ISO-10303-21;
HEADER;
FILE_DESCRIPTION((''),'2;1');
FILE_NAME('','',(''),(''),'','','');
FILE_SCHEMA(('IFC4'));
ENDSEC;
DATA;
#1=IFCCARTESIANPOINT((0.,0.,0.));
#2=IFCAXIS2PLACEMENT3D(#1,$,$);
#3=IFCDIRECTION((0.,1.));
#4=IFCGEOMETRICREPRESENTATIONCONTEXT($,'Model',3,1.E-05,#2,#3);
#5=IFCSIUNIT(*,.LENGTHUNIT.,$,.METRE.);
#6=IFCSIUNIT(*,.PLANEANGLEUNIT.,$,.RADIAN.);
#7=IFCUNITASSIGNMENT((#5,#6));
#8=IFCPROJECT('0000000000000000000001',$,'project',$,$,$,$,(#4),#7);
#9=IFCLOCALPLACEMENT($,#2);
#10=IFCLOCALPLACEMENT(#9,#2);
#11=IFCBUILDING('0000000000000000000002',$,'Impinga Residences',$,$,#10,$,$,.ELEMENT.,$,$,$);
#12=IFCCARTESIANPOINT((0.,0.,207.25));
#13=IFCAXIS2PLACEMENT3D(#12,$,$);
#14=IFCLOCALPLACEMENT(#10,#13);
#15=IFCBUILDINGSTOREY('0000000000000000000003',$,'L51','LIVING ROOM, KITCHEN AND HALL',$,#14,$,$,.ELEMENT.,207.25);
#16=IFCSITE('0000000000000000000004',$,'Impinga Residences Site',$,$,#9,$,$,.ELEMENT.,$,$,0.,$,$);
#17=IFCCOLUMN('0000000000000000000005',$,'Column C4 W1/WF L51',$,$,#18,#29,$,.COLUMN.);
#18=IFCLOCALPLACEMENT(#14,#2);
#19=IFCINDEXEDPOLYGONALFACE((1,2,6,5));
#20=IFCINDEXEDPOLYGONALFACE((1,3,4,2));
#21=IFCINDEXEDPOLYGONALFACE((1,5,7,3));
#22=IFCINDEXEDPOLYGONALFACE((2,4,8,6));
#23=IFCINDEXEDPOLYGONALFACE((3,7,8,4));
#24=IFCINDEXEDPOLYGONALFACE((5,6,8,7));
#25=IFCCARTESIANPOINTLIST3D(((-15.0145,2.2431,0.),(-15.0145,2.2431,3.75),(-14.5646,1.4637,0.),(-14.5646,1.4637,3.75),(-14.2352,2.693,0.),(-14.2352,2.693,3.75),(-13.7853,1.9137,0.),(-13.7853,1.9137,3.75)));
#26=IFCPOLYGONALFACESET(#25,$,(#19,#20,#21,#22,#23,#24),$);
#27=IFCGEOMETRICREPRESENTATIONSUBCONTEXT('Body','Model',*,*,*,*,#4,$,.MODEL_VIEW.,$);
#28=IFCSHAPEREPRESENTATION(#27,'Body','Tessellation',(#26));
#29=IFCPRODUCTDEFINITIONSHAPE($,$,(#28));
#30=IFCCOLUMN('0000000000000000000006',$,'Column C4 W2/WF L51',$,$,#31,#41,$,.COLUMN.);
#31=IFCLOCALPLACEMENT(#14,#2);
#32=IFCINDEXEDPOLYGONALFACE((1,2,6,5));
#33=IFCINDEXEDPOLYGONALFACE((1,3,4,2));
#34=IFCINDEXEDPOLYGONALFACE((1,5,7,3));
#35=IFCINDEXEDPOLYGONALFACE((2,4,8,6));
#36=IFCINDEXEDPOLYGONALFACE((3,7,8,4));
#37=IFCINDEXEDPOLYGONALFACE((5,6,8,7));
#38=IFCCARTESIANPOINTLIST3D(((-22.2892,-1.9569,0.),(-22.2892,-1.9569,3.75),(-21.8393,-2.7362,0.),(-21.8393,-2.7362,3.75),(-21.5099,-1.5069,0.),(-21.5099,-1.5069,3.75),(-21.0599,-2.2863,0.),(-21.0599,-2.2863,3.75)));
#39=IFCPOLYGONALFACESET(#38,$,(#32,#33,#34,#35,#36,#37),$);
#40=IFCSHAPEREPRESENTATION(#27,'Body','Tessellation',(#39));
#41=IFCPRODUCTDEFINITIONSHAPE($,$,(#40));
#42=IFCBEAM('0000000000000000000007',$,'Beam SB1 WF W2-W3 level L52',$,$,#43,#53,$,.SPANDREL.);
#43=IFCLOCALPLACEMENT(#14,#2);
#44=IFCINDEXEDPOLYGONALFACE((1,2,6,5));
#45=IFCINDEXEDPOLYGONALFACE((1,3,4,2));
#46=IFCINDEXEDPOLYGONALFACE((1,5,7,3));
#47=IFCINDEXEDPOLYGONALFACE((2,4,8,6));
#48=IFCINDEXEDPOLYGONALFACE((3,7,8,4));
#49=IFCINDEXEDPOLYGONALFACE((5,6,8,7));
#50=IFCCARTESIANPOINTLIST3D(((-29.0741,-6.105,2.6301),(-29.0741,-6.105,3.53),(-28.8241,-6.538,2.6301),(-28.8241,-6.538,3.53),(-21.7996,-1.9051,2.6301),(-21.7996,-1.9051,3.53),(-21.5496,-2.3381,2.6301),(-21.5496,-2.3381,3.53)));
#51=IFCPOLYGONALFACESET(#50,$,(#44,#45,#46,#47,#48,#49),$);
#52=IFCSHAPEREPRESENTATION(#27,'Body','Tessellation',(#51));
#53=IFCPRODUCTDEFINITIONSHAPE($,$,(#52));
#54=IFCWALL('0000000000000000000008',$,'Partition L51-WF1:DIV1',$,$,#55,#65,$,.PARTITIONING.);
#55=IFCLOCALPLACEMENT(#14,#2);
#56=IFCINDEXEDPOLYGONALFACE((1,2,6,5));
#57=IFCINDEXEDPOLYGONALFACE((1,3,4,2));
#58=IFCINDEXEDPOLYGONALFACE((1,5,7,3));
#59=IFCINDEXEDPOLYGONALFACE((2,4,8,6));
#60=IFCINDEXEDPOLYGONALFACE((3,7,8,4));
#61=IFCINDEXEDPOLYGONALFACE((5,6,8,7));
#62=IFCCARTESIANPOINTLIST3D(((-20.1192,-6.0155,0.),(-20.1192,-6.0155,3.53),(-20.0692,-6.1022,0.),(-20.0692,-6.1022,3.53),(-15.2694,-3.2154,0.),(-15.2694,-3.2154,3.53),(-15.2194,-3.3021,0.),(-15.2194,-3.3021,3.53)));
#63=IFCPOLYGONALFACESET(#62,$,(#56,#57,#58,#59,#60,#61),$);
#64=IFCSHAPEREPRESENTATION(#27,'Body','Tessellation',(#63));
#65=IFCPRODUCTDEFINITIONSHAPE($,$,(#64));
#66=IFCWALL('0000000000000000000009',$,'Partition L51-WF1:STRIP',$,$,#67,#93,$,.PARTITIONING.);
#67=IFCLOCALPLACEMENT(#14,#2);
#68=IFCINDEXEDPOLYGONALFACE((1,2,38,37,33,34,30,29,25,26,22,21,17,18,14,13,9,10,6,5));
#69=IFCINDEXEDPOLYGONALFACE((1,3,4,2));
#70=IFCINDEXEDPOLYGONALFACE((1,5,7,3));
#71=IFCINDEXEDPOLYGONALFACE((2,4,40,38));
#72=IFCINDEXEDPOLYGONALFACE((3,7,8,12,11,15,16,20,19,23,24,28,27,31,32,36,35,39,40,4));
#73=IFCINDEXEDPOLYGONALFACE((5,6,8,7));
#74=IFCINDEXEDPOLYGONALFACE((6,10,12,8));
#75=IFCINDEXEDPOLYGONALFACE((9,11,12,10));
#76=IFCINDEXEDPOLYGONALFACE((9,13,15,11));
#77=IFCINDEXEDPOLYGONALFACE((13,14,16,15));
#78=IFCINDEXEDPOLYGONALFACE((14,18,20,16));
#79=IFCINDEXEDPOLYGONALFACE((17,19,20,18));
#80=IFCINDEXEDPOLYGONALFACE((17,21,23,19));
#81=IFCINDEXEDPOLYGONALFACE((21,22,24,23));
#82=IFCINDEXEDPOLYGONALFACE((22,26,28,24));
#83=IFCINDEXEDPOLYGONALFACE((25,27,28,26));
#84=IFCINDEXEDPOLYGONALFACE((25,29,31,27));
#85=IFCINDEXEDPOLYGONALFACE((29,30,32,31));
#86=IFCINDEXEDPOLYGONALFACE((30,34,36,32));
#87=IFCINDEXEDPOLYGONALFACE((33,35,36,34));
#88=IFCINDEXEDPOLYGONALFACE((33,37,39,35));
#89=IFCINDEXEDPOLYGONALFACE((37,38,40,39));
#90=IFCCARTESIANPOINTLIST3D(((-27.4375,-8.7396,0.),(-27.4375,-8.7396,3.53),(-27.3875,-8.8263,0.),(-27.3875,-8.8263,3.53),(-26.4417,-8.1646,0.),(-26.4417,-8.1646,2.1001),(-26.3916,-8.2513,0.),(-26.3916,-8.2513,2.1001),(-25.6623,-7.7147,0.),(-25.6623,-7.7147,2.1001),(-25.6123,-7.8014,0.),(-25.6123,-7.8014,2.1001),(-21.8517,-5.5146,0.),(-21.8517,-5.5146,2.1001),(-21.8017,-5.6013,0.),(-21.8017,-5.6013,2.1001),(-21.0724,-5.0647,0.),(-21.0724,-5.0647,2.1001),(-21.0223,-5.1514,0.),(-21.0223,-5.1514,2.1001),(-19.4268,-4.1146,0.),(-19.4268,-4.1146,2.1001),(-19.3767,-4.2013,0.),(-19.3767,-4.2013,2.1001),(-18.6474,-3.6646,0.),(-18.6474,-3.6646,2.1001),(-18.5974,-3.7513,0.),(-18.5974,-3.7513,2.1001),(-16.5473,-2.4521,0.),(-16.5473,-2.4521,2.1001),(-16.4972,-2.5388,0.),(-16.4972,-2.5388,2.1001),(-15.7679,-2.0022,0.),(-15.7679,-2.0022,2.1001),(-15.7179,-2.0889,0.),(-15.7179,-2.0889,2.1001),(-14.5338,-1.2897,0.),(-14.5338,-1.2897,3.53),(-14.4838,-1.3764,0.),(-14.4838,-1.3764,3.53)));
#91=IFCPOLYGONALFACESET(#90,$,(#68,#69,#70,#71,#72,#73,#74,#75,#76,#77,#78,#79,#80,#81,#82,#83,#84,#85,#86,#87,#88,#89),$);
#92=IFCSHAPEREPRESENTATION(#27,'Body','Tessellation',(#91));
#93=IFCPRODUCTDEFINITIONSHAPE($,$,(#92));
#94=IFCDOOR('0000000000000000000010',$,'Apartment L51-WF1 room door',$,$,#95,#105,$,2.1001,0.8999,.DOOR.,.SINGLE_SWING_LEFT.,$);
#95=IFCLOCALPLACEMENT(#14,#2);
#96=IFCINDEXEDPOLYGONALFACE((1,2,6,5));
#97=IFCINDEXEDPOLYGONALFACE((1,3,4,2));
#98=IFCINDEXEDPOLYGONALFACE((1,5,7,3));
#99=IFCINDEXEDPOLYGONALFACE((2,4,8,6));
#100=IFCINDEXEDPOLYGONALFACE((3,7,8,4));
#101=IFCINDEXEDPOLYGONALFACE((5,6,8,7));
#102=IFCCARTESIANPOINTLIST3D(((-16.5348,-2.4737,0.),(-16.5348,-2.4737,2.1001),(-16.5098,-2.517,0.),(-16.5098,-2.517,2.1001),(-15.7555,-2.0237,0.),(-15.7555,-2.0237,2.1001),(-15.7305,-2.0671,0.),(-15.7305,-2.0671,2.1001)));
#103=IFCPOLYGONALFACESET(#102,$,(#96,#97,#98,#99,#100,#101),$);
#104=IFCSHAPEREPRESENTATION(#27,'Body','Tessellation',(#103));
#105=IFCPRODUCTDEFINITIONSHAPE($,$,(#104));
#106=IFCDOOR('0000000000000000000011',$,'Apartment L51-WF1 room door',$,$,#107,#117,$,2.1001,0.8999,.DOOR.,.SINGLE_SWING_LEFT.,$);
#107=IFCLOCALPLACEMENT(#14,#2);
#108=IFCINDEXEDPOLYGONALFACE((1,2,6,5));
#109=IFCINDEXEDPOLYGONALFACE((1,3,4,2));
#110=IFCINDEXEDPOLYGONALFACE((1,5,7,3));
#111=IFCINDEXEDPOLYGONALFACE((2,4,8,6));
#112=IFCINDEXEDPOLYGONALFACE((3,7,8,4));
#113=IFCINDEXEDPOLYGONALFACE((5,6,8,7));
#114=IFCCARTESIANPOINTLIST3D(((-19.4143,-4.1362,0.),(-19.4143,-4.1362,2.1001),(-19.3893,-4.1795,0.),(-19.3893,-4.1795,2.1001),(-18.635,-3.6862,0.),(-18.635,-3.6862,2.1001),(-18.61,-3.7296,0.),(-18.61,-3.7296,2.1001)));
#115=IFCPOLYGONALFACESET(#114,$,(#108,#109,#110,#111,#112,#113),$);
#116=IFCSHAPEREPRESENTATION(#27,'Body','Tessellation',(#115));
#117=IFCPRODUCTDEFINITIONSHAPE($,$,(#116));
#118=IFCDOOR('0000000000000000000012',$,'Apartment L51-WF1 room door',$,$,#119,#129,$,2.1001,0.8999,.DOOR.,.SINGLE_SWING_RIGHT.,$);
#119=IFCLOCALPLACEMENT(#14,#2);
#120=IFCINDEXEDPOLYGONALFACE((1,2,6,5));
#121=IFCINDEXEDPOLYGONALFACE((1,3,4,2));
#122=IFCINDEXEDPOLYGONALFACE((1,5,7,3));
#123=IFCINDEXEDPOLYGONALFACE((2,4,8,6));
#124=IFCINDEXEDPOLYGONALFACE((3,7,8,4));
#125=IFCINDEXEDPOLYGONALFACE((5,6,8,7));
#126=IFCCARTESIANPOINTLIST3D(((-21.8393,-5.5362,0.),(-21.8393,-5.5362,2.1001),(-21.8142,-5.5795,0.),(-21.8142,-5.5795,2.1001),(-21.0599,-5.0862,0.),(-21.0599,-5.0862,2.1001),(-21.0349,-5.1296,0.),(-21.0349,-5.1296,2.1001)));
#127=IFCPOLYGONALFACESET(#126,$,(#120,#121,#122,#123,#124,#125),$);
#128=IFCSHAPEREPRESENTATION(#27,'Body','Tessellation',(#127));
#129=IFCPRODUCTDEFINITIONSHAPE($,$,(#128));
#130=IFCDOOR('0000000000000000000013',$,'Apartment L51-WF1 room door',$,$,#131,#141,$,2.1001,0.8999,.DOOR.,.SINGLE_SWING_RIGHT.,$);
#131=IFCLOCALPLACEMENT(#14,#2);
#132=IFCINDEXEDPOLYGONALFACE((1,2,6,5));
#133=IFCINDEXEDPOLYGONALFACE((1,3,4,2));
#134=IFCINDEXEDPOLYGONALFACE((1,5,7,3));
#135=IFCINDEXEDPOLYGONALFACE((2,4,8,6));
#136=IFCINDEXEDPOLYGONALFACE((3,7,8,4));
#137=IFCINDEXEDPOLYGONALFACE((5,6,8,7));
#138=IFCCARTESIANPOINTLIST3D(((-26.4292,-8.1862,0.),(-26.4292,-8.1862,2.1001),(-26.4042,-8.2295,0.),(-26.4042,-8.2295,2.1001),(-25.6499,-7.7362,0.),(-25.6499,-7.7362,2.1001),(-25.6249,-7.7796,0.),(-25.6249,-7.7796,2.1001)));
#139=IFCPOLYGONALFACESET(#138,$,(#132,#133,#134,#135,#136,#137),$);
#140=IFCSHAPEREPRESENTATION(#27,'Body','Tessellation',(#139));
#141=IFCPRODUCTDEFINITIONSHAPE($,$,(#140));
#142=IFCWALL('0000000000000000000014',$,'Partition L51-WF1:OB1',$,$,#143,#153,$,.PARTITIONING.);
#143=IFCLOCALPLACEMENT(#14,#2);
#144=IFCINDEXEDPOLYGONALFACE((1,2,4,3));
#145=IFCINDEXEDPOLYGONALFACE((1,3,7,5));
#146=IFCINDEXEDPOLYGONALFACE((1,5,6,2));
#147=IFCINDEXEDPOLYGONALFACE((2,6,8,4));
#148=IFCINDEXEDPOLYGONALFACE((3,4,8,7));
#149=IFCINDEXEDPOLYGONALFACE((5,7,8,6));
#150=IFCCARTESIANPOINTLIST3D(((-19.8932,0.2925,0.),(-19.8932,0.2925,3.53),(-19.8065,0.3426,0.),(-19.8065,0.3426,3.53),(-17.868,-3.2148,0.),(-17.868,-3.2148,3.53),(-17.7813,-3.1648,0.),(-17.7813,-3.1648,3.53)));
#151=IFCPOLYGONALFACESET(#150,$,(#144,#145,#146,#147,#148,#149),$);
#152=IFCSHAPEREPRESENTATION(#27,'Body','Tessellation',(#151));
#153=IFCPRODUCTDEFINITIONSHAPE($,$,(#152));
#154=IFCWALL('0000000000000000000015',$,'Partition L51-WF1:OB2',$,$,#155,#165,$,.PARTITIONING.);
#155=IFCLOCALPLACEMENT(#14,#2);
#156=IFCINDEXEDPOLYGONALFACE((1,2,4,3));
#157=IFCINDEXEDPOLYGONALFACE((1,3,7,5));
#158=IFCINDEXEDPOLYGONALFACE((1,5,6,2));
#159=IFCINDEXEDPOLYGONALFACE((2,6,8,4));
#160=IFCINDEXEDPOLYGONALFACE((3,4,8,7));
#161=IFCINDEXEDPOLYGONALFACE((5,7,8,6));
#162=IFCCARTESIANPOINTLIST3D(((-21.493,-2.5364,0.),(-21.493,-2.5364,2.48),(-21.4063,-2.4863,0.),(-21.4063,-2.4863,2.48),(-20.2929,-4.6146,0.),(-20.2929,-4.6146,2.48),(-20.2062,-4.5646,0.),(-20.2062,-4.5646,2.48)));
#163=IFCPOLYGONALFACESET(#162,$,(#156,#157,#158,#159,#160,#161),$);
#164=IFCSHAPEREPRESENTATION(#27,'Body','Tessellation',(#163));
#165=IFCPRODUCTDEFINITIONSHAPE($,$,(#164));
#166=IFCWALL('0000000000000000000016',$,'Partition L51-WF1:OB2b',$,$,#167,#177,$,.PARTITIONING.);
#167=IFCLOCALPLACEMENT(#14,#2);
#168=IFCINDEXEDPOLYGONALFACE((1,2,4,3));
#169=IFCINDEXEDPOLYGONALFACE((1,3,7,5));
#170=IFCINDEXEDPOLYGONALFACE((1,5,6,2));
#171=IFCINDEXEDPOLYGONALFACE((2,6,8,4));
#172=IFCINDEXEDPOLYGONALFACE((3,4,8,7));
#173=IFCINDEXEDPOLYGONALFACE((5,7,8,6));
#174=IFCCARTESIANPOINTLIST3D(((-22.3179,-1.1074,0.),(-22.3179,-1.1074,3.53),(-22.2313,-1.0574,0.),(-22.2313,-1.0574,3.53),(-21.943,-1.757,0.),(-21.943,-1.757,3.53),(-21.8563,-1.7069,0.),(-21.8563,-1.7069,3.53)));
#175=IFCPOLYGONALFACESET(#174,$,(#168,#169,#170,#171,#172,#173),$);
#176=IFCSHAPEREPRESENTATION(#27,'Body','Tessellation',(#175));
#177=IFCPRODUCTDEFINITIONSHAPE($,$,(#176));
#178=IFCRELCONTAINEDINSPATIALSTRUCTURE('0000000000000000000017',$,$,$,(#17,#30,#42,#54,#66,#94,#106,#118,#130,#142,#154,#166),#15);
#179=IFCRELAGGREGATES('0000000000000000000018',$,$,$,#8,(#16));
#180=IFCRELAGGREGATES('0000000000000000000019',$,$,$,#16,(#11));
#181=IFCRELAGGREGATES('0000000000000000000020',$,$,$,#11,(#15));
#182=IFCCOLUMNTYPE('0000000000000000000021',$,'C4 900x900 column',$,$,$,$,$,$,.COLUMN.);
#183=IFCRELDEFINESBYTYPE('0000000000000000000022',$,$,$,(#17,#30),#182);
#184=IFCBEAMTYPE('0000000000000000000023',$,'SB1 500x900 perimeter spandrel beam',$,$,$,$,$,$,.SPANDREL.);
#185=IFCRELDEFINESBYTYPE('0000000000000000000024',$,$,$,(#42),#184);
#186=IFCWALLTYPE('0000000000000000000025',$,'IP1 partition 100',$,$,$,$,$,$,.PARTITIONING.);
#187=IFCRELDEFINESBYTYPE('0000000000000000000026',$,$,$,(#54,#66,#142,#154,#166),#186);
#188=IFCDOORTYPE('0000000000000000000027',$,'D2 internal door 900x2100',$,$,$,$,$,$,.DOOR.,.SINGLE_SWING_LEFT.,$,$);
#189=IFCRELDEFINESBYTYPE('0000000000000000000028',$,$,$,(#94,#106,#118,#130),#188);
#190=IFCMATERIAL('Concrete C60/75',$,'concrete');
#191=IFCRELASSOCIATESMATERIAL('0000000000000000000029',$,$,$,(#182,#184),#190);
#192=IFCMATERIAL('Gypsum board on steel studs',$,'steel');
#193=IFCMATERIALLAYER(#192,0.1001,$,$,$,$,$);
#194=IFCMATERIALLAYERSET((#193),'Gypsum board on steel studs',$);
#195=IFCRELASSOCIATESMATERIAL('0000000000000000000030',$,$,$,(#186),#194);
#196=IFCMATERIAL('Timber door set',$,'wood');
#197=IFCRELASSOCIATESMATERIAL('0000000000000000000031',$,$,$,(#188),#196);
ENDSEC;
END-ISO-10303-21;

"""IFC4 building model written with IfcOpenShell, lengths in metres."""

from ifc_helpers import new_model, si_unit, direction, frame, frame_2d, origin, origin_2d, place, context, subcontext, project, spatial, rectangle, extrude, material, layer, layer_set, material_profile, profile_set, type_object, element, fill, save


model = new_model("IFC4")

# Units and contexts
model_context = context("Model", 3, precision=1e-05, world=origin(), true_north=direction((0.0, 1.0)))
body_context = subcontext(model_context, "Body", "Model", "MODEL_VIEW")
ifc_project = project(units=[si_unit("LENGTHUNIT", "METRE"), si_unit("PLANEANGLEUNIT", "RADIAN")], contexts=[model_context])

# Site, building, storey
site_placement = place(None, origin())
site = spatial("IfcSite", under=ifc_project, at=site_placement, Name="Impinga Residences Site", CompositionType="ELEMENT", RefElevation=0.0)
building_placement = place(site_placement, origin())
building = spatial("IfcBuilding", under=site, at=building_placement, Name="Impinga Residences", CompositionType="ELEMENT")
storey_placement = place(building_placement, frame((0.0, 0.0, 207.25)))
storey = spatial("IfcBuildingStorey", under=building, at=storey_placement, Name="L51", Description="LIVING ROOM, KITCHEN AND HALL", CompositionType="ELEMENT", Elevation=207.25)

# Columns
ifc_material_1 = material(Name="Concrete C60/75", Category="concrete")
ifc_material_profile_1 = material_profile(ifc_material_1, rectangle(XDim=0.8999, YDim=0.8999, at=origin_2d()), Name="RC 900x900")
ifc_profile_set_1 = profile_set([ifc_material_profile_1], Name="Concrete C60/75")
column_type = type_object("IfcColumnType", Name="C4 900x900 column", PredefinedType="COLUMN", material=ifc_profile_set_1)
for number, where, z_axis, x_axis, name in (
    (1, (-14.3999, 2.0784, 0.0), (0.0, 0.0, 1.0), (-0.5, 0.866025, 0.0), "Column C4 W1/WF L51"),
    (2, (-21.6746, -2.1216, 0.0), (0.0, 0.0, 1.0), (-0.5, 0.866025, 0.0), "Column C4 W2/WF L51"),
):
    element("IfcColumn", number, at=place(storey_placement, frame(where, z_axis=z_axis, x_axis=x_axis)), inside=storey, type_object=column_type, Name=name, PredefinedType="COLUMN", context=body_context, shape_type="SweptSolid", body=[
        extrude(rectangle(XDim=0.8999, YDim=0.8999, at=origin_2d()), origin(), (0.0, 0.0, 1.0), 3.75),
    ])

# Beam
ifc_material_profile_2 = material_profile(ifc_material_1, rectangle(XDim=0.5, YDim=0.8999, at=origin_2d()), Name="RC 500x900")
ifc_profile_set_2 = profile_set([ifc_material_profile_2], Name="Concrete C60/75")
beam_type = type_object("IfcBeamType", Name="SB1 500x900 perimeter spandrel beam", PredefinedType="SPANDREL", material=ifc_profile_set_2)
beam_placement = place(storey_placement, frame((-21.6746, -2.1216, 3.0801), z_axis=(-0.866029, -0.499993, 0.0), x_axis=(0.499993, -0.866029, 0.0)))
element("IfcBeam", 3, at=beam_placement, inside=storey, type_object=beam_type, Name="Beam SB1 WF W2-W3 level L52", PredefinedType="SPANDREL", context=body_context, shape_type="SweptSolid", body=[
    extrude(rectangle(XDim=0.5, YDim=0.8999, at=origin_2d()), origin(), (0.0, 0.0, 1.0), 8.3999),
])

# Wall
ifc_material_2 = material(Name="Gypsum board on steel studs", Category="steel")
ifc_layer = layer(ifc_material_2, 0.1001)
ifc_layer_set = layer_set([ifc_layer], Name="Gypsum board on steel studs")
wall_type = type_object("IfcWallType", Name="IP1 partition 100", PredefinedType="PARTITIONING", material=ifc_layer_set)
wall_1_placement = place(storey_placement, frame((-15.2444, -3.2588, 0.0), z_axis=(0.0, 0.0, 1.0), x_axis=(-0.866027, -0.499998, 0.0)))
element("IfcWall", 4, at=wall_1_placement, inside=storey, type_object=wall_type, Name="Partition L51-WF1:DIV1", PredefinedType="PARTITIONING", context=body_context, shape_type="SweptSolid", body=[
    extrude(rectangle(XDim=5.6001, YDim=0.1001, at=frame_2d((2.8, 0.0))), origin(), (0.0, 0.0, 1.0), 3.53),
])

# Wall, openings, doors
wall_2_placement = place(storey_placement, frame((-14.5088, -1.333, 0.0), z_axis=(0.0, 0.0, 1.0), x_axis=(-0.866027, -0.499997, 0.0)))
wall_2 = element("IfcWall", 5, at=wall_2_placement, inside=storey, type_object=wall_type, Name="Partition L51-WF1:STRIP", PredefinedType="PARTITIONING", context=body_context, shape_type="SweptSolid", body=[
    extrude(rectangle(XDim=14.8999, YDim=0.1001, at=frame_2d((7.45, 0.0))), origin(), (0.0, 0.0, 1.0), 3.53),
])
opening_1_placement = place(wall_2_placement, frame((1.425, 0.0, 0.0)))
opening_1 = element("IfcOpeningElement", 6, at=opening_1_placement, cuts=wall_2, PredefinedType="OPENING", context=body_context, shape_type="SweptSolid", body=[
    extrude(rectangle(XDim=0.8999, YDim=2.1001, at=frame_2d((0.45, 1.05))), frame((0.0, 0.0601, 0.0), z_axis=(0.0, -1.0, 0.0), x_axis=(1.0, 0.0, 0.0)), (0.0, 0.0, 1.0), 0.1201),
])
opening_2_placement = place(wall_2_placement, frame((4.75, 0.0, 0.0)))
opening_2 = element("IfcOpeningElement", 7, at=opening_2_placement, cuts=wall_2, PredefinedType="OPENING", context=body_context, shape_type="SweptSolid", body=[
    extrude(rectangle(XDim=0.8999, YDim=2.1001, at=frame_2d((0.45, 1.05))), frame((0.0, 0.0601, 0.0), z_axis=(0.0, -1.0, 0.0), x_axis=(1.0, 0.0, 0.0)), (0.0, 0.0, 1.0), 0.1201),
])
opening_3_placement = place(wall_2_placement, frame((7.55, 0.0, 0.0)))
opening_3 = element("IfcOpeningElement", 8, at=opening_3_placement, cuts=wall_2, PredefinedType="OPENING", context=body_context, shape_type="SweptSolid", body=[
    extrude(rectangle(XDim=0.8999, YDim=2.1001, at=frame_2d((0.45, 1.05))), frame((0.0, 0.0601, 0.0), z_axis=(0.0, -1.0, 0.0), x_axis=(1.0, 0.0, 0.0)), (0.0, 0.0, 1.0), 0.1201),
])
opening_4_placement = place(wall_2_placement, frame((12.8501, 0.0, 0.0)))
opening_4 = element("IfcOpeningElement", 9, at=opening_4_placement, cuts=wall_2, PredefinedType="OPENING", context=body_context, shape_type="SweptSolid", body=[
    extrude(rectangle(XDim=0.8999, YDim=2.1001, at=frame_2d((0.45, 1.05))), frame((0.0, 0.0601, 0.0), z_axis=(0.0, -1.0, 0.0), x_axis=(1.0, 0.0, 0.0)), (0.0, 0.0, 1.0), 0.1201),
])
ifc_material_3 = material(Name="Timber door set", Category="wood")
door_type = type_object("IfcDoorType", Name="D2 internal door 900x2100", OperationType="SINGLE_SWING_LEFT", PredefinedType="DOOR", material=ifc_material_3)
door_1_placement = place(opening_1_placement, origin())
door_1 = element("IfcDoor", 10, at=door_1_placement, inside=storey, type_object=door_type, Name="Apartment L51-WF1 room door", OperationType="SINGLE_SWING_LEFT", OverallHeight=2.1001, OverallWidth=0.8999, PredefinedType="DOOR", context=body_context, shape_type="SweptSolid", body=[
    extrude(rectangle(XDim=0.8999, YDim=2.1001, at=frame_2d((0.45, 1.05))), frame((0.0, 0.0249, 0.0), z_axis=(0.0, -1.0, 0.0), x_axis=(1.0, 0.0, 0.0)), (0.0, 0.0, 1.0), 0.05),
])
fill(opening_1, door_1)
door_2_placement = place(opening_2_placement, origin())
door_2 = element("IfcDoor", 11, at=door_2_placement, inside=storey, type_object=door_type, Name="Apartment L51-WF1 room door", OperationType="SINGLE_SWING_LEFT", OverallHeight=2.1001, OverallWidth=0.8999, PredefinedType="DOOR", context=body_context, shape_type="SweptSolid", body=[
    extrude(rectangle(XDim=0.8999, YDim=2.1001, at=frame_2d((0.45, 1.05))), frame((0.0, 0.0249, 0.0), z_axis=(0.0, -1.0, 0.0), x_axis=(1.0, 0.0, 0.0)), (0.0, 0.0, 1.0), 0.05),
])
fill(opening_2, door_2)
door_3_placement = place(opening_3_placement, origin())
door_3 = element("IfcDoor", 12, at=door_3_placement, inside=storey, type_object=door_type, Name="Apartment L51-WF1 room door", OperationType="SINGLE_SWING_RIGHT", OverallHeight=2.1001, OverallWidth=0.8999, PredefinedType="DOOR", context=body_context, shape_type="SweptSolid", body=[
    extrude(rectangle(XDim=0.8999, YDim=2.1001, at=frame_2d((0.45, 1.05))), frame((0.0, 0.0249, 0.0), z_axis=(0.0, -1.0, 0.0), x_axis=(1.0, 0.0, 0.0)), (0.0, 0.0, 1.0), 0.05),
])
fill(opening_3, door_3)
door_4_placement = place(opening_4_placement, origin())
door_4 = element("IfcDoor", 13, at=door_4_placement, inside=storey, type_object=door_type, Name="Apartment L51-WF1 room door", OperationType="SINGLE_SWING_RIGHT", OverallHeight=2.1001, OverallWidth=0.8999, PredefinedType="DOOR", context=body_context, shape_type="SweptSolid", body=[
    extrude(rectangle(XDim=0.8999, YDim=2.1001, at=frame_2d((0.45, 1.05))), frame((0.0, 0.0249, 0.0), z_axis=(0.0, -1.0, 0.0), x_axis=(1.0, 0.0, 0.0)), (0.0, 0.0, 1.0), 0.05),
])
fill(opening_4, door_4)

# Walls
wall_3_placement = place(storey_placement, frame((-17.8247, -3.1897, 0.0), z_axis=(0.0, 0.0, 1.0), x_axis=(-0.500036, 0.866005, 0.0)))
element("IfcWall", 14, at=wall_3_placement, inside=storey, type_object=wall_type, Name="Partition L51-WF1:OB1", PredefinedType="PARTITIONING", context=body_context, shape_type="SweptSolid", body=[
    extrude(rectangle(XDim=4.05, YDim=0.1001, at=frame_2d((2.0249, 0.0))), origin(), (0.0, 0.0, 1.0), 3.53),
])
wall_4_placement = place(storey_placement, frame((-20.2495, -4.5896, 0.0), z_axis=(0.0, 0.0, 1.0), x_axis=(-0.500078, 0.865981, 0.0)))
element("IfcWall", 15, at=wall_4_placement, inside=storey, type_object=wall_type, Name="Partition L51-WF1:OB2", PredefinedType="PARTITIONING", context=body_context, shape_type="SweptSolid", body=[
    extrude(rectangle(XDim=2.3999, YDim=0.1001, at=frame_2d((1.2, 0.0))), origin(), (0.0, 0.0, 1.0), 2.48),
])
wall_5_placement = place(storey_placement, frame((-21.8997, -1.7319, 0.0), z_axis=(0.0, 0.0, 1.0), x_axis=(-0.49992, 0.866072, 0.0)))
element("IfcWall", 16, at=wall_5_placement, inside=storey, type_object=wall_type, Name="Partition L51-WF1:OB2b", PredefinedType="PARTITIONING", context=body_context, shape_type="SweptSolid", body=[
    extrude(rectangle(XDim=0.75, YDim=0.1001, at=frame_2d((0.375, 0.0))), origin(), (0.0, 0.0, 1.0), 3.53),
])

save(model, "model.ifc")
